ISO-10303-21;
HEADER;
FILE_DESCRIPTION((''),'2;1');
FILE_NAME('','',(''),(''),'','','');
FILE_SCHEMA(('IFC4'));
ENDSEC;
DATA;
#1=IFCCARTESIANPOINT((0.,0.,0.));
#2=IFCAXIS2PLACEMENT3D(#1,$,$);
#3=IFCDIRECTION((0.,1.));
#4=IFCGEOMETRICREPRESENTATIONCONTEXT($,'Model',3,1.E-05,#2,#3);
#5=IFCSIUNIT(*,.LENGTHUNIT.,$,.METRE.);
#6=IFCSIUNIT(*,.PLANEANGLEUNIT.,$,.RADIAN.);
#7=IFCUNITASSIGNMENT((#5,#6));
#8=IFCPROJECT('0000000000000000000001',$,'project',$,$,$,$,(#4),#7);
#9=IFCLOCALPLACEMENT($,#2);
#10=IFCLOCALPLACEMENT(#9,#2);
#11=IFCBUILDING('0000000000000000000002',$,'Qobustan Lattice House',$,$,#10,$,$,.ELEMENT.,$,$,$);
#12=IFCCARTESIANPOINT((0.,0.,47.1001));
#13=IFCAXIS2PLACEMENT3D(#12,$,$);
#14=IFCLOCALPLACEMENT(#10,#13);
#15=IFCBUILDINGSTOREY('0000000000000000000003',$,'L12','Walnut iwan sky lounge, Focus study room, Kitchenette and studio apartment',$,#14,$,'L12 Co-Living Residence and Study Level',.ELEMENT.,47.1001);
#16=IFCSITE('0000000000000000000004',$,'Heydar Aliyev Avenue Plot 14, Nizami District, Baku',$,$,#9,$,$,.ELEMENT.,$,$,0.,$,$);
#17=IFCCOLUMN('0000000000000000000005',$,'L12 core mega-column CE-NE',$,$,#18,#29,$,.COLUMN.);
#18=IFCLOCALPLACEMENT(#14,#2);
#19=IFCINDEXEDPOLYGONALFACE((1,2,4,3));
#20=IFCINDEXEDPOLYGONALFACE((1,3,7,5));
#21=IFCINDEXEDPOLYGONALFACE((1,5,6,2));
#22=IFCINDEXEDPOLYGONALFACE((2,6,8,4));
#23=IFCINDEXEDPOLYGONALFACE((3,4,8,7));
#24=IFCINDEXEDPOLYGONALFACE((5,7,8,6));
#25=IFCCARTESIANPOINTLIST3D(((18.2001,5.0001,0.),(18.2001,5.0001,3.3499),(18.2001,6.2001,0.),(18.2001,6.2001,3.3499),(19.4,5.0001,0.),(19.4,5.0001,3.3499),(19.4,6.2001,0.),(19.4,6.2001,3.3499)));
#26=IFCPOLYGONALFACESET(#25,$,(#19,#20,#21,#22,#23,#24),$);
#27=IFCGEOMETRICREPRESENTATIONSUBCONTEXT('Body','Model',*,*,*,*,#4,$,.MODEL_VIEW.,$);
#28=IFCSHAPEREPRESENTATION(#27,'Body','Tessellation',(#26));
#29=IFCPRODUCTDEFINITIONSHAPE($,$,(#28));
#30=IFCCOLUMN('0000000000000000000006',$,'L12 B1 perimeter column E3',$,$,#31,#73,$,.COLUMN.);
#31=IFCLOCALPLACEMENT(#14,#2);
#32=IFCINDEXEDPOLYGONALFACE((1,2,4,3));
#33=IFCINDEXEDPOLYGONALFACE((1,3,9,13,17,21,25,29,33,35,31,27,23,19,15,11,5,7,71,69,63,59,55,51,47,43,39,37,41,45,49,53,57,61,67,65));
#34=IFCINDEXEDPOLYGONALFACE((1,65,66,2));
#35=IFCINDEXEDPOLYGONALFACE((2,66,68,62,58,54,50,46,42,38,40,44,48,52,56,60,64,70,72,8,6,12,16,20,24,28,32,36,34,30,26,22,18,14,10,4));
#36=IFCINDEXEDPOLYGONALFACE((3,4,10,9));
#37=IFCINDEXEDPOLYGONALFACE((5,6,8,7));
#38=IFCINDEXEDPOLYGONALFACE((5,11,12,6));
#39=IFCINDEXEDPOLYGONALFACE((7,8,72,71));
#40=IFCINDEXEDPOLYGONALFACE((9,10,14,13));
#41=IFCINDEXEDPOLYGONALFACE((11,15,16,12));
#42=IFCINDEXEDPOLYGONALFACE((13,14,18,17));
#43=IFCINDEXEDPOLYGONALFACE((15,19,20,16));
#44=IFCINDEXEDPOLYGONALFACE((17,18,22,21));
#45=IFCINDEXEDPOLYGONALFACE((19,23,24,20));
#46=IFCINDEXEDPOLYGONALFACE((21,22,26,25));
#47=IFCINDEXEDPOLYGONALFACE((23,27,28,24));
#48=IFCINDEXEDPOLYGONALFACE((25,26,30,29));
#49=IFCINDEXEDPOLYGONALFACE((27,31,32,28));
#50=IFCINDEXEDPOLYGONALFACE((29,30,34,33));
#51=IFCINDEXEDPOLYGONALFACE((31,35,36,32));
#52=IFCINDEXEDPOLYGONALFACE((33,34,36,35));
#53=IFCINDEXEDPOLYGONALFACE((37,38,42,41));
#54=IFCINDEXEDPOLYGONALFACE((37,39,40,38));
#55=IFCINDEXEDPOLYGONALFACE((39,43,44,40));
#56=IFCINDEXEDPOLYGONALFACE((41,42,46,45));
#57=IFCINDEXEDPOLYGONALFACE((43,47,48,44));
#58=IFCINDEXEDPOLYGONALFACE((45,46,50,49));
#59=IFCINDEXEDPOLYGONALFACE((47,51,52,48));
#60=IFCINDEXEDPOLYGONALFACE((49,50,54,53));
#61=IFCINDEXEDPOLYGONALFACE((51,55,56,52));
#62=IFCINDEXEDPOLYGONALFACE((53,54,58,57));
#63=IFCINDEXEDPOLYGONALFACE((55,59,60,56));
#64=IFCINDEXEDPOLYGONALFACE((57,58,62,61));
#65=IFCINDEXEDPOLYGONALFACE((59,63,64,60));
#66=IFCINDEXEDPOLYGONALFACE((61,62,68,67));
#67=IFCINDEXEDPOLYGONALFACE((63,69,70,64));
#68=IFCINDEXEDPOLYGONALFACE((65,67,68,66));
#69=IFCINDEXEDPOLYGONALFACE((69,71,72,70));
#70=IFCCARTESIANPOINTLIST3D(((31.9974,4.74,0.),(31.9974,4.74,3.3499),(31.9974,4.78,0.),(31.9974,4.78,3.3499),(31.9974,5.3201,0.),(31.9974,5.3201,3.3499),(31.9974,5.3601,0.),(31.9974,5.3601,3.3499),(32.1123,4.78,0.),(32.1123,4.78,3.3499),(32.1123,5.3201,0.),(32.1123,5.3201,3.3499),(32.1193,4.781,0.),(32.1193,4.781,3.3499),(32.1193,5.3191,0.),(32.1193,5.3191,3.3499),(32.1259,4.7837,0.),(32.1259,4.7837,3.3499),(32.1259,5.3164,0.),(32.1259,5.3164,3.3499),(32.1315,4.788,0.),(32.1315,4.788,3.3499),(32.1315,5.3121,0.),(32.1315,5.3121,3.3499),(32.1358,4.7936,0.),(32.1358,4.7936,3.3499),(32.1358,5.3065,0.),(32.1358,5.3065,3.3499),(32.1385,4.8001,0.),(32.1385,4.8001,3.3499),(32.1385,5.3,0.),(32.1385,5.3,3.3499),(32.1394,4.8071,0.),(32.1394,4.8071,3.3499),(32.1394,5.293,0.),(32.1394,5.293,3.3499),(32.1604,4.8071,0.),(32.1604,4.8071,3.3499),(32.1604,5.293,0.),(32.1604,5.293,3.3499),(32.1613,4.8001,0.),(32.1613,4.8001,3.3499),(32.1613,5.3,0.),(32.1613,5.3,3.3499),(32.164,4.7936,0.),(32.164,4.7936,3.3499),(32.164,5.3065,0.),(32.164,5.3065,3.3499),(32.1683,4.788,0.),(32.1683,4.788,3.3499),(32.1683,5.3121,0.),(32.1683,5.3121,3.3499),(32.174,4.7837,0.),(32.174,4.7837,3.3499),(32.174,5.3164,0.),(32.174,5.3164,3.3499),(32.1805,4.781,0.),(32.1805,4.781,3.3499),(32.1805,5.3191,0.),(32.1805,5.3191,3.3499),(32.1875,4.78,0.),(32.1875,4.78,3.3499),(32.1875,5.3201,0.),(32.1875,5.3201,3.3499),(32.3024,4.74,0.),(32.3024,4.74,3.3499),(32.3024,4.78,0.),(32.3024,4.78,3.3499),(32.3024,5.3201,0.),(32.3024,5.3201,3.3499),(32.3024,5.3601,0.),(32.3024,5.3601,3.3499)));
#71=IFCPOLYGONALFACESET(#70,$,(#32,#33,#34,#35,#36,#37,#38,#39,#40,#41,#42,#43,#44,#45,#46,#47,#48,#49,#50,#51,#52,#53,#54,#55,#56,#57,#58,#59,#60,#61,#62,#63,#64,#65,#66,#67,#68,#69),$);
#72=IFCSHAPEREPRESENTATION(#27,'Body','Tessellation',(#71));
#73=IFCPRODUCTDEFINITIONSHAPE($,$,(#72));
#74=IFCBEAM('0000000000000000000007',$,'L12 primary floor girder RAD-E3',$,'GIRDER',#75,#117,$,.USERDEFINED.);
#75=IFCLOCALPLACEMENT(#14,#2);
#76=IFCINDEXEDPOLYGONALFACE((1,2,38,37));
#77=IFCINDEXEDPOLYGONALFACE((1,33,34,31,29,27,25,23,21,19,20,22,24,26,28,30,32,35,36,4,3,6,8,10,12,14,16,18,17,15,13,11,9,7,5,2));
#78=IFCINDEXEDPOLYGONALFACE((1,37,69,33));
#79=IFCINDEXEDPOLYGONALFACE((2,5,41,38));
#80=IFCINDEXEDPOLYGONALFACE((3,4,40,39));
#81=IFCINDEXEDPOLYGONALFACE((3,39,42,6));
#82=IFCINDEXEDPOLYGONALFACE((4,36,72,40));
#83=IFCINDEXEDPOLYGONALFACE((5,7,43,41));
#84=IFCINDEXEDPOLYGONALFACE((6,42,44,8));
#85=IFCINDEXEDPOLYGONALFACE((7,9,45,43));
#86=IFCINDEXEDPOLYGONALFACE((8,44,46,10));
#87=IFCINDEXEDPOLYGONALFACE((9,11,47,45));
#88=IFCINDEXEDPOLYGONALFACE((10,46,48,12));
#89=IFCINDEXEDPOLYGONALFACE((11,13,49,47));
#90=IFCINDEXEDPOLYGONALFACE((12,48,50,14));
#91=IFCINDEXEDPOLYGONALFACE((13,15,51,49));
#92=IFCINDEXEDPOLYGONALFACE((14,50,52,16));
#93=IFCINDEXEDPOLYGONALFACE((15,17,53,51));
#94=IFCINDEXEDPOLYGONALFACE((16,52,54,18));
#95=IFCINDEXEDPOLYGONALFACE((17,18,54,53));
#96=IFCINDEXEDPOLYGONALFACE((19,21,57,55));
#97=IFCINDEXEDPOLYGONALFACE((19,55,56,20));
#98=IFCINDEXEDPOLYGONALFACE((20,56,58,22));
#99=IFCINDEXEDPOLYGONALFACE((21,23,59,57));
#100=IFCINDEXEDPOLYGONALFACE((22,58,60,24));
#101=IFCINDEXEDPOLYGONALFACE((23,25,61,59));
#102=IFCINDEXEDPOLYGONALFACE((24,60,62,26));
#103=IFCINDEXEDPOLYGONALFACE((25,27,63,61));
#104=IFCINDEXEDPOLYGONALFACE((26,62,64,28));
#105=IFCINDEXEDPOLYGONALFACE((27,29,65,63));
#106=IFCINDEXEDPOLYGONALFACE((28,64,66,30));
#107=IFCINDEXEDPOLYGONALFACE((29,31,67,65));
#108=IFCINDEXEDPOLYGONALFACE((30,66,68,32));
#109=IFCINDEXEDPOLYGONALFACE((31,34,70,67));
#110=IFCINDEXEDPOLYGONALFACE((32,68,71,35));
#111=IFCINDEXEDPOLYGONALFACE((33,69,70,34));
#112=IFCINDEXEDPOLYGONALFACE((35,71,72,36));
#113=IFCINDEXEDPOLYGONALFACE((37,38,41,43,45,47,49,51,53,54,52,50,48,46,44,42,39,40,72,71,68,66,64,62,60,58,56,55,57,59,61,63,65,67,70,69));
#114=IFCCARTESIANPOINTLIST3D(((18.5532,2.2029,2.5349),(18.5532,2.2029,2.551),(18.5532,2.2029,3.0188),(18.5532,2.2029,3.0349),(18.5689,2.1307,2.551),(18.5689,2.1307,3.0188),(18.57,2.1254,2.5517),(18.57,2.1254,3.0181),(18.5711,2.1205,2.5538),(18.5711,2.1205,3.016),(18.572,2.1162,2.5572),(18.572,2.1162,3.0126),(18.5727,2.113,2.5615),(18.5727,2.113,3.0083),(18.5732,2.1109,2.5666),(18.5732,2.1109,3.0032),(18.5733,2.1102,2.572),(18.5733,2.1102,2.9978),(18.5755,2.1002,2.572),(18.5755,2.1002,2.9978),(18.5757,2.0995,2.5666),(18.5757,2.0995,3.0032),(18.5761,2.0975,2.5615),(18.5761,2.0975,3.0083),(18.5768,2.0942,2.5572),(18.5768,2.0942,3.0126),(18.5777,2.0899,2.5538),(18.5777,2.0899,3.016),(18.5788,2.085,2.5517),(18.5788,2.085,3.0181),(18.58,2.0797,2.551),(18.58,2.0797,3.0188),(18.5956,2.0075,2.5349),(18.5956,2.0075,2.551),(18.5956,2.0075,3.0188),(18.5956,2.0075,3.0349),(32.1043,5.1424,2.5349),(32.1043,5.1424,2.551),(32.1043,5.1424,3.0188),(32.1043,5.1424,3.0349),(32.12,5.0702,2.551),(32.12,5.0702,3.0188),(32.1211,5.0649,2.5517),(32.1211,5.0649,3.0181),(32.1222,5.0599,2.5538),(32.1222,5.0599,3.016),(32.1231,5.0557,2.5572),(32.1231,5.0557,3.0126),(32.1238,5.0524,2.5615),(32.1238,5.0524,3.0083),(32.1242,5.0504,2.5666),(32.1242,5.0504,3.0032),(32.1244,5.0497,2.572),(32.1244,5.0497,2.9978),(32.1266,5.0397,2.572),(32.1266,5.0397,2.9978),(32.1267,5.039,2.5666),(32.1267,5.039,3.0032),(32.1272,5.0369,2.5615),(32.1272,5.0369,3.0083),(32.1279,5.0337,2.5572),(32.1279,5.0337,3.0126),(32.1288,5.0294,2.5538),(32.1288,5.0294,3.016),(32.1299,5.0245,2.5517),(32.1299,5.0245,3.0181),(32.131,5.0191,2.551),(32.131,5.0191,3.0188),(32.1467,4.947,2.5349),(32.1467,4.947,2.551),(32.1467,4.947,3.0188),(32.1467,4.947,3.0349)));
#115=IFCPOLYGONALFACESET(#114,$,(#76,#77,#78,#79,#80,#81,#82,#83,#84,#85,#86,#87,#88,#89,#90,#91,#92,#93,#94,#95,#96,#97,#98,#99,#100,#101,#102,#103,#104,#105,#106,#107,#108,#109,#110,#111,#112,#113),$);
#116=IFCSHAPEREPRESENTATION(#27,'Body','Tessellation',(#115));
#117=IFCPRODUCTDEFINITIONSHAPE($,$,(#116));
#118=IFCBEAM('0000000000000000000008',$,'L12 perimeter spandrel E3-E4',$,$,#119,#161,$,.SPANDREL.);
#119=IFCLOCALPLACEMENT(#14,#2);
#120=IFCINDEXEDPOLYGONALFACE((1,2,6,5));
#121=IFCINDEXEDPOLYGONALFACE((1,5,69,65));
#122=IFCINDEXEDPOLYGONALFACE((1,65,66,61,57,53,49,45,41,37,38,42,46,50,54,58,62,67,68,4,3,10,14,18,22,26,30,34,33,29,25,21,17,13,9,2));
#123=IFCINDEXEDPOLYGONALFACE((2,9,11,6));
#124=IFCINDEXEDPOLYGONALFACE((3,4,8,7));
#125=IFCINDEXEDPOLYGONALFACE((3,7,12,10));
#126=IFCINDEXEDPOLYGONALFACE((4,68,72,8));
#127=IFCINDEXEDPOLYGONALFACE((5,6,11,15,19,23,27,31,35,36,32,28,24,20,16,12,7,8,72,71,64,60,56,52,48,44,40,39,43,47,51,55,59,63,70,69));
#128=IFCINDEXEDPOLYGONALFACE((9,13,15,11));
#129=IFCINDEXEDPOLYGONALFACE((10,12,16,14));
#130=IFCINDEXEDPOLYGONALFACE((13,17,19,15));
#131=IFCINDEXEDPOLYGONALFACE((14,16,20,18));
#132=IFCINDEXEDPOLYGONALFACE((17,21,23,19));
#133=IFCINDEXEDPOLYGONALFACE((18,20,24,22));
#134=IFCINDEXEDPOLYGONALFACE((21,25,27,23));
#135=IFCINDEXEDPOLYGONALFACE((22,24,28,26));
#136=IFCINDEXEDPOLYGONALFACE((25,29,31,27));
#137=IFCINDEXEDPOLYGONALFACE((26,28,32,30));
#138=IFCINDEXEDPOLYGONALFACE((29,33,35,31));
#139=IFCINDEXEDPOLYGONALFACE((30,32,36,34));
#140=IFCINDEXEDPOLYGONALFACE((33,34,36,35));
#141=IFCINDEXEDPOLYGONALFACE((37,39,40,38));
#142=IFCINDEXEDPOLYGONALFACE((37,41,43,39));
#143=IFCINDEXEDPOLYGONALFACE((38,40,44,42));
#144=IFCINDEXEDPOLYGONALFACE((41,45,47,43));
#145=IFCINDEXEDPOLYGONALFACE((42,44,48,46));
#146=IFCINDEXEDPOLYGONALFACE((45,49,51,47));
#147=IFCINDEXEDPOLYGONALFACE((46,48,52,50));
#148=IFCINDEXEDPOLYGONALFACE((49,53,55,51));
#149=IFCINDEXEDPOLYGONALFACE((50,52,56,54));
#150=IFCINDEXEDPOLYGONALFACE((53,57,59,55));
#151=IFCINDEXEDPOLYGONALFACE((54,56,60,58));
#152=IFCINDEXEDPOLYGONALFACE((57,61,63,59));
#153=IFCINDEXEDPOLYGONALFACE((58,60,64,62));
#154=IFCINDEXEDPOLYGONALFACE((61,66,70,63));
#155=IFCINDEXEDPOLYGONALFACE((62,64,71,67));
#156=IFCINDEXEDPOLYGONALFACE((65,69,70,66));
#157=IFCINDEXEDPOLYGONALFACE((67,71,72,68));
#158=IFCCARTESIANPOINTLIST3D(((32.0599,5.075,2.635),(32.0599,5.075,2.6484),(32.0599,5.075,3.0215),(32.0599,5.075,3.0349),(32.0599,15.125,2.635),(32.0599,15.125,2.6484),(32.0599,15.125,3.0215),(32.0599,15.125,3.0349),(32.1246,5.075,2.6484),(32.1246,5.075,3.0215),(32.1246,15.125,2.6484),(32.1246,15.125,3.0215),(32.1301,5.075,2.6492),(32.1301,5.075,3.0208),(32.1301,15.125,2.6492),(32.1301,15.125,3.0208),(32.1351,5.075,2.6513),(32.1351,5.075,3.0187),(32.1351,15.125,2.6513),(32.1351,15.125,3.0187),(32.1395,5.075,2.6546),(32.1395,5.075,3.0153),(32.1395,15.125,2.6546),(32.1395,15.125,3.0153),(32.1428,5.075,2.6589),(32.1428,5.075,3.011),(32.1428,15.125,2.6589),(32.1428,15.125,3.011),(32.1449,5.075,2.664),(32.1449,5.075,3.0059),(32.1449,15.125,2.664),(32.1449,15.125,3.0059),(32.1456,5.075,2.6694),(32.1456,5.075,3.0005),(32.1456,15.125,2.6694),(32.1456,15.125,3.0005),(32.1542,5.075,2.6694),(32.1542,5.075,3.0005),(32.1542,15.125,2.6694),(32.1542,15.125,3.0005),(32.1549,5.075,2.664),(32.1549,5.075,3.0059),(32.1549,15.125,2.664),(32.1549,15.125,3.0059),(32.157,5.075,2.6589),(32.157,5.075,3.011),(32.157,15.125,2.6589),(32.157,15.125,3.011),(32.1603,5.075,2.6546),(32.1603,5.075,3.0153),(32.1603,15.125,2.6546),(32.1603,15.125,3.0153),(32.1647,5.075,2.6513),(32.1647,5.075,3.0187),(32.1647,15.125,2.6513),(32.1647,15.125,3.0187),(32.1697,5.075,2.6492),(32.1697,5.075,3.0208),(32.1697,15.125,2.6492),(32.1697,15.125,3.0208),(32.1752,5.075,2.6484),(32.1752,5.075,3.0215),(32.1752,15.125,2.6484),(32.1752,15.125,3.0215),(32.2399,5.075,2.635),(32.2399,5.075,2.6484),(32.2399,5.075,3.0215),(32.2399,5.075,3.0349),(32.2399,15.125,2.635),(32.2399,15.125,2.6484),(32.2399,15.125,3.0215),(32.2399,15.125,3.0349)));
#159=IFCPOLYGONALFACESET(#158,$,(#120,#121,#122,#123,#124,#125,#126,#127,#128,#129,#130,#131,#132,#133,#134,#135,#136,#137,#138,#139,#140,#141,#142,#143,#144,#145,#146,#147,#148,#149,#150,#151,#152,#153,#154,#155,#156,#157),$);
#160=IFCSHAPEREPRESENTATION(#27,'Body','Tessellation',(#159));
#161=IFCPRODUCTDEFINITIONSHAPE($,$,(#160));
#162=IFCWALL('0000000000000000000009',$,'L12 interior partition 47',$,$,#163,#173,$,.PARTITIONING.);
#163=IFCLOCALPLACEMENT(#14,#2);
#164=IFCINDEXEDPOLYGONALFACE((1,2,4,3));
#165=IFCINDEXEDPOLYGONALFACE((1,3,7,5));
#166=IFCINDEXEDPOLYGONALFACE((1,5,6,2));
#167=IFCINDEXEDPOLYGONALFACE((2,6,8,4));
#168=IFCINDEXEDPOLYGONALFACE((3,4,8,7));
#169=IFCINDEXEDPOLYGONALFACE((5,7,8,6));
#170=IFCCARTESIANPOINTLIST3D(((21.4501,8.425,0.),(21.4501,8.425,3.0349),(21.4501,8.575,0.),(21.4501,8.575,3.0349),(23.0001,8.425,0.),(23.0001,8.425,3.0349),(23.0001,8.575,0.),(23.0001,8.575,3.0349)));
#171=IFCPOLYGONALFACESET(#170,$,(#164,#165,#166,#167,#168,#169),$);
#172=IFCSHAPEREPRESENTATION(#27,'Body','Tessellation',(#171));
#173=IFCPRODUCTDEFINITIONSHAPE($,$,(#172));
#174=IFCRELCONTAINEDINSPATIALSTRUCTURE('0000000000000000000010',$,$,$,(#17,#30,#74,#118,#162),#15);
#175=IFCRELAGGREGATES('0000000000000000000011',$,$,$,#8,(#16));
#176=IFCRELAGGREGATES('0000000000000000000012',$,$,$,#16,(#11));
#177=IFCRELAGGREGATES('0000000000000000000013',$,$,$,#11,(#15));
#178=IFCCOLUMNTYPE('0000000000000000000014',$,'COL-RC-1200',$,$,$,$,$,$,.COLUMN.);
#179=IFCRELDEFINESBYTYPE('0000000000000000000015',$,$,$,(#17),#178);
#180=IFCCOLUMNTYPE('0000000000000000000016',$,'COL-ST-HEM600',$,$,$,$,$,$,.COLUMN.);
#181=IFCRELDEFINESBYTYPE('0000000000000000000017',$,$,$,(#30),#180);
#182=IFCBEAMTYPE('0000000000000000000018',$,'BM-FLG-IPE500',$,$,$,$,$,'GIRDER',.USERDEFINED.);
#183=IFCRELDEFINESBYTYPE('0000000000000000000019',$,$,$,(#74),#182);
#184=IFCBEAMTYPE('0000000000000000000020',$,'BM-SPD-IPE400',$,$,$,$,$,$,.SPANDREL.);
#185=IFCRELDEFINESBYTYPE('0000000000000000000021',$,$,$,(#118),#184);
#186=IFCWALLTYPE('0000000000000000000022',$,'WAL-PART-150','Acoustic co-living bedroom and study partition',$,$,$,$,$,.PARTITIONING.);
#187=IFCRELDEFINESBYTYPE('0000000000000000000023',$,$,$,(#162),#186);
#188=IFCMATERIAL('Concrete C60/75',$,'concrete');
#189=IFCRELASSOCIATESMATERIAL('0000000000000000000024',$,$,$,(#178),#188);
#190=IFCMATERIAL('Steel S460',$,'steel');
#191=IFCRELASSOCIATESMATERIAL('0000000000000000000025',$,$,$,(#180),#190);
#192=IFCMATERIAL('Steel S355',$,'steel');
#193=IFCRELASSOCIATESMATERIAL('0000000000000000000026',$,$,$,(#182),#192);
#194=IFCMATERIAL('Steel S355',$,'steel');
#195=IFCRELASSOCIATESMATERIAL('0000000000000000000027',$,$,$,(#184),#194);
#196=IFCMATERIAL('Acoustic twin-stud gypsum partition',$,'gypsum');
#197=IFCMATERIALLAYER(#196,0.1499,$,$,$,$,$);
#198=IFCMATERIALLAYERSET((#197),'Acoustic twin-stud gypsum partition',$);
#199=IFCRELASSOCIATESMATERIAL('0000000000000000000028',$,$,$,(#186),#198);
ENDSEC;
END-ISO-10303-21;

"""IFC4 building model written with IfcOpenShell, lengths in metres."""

from ifc_helpers import new_model, si_unit, direction, frame, frame_2d, origin, origin_2d, place, context, subcontext, project, spatial, rectangle, i_section, extrude, material, layer, layer_set, material_profile, profile_set, type_object, element, save


model = new_model("IFC4")

# Units and contexts
model_context = context("Model", 3, precision=1e-05, world=origin(), true_north=direction((0.0, 1.0)))
body_context = subcontext(model_context, "Body", "Model", "MODEL_VIEW")
ifc_project = project(units=[si_unit("LENGTHUNIT", "METRE"), si_unit("PLANEANGLEUNIT", "RADIAN")], contexts=[model_context])

# Site, building, storey
site_placement = place(None, origin())
site = spatial("IfcSite", under=ifc_project, at=site_placement, Name="Heydar Aliyev Avenue Plot 14, Nizami District, Baku", CompositionType="ELEMENT", RefElevation=0.0)
building_placement = place(site_placement, origin())
building = spatial("IfcBuilding", under=site, at=building_placement, Name="Qobustan Lattice House", CompositionType="ELEMENT")
storey_placement = place(building_placement, frame((0.0, 0.0, 47.1001)))
storey = spatial("IfcBuildingStorey", under=building, at=storey_placement, Name="L12", Description="Walnut iwan sky lounge, Focus study room, Kitchenette and studio apartment", LongName="L12 Co-Living Residence and Study Level", CompositionType="ELEMENT", Elevation=47.1001)

# Columns
ifc_material_1 = material(Name="Concrete C60/75", Category="concrete")
ifc_material_profile_1 = material_profile(ifc_material_1, rectangle(XDim=1.2, YDim=1.2, at=origin_2d()), Name="RC1200x1200")
ifc_profile_set_1 = profile_set([ifc_material_profile_1], Name="Concrete C60/75")
column_type_1 = type_object("IfcColumnType", Name="COL-RC-1200", PredefinedType="COLUMN", material=ifc_profile_set_1)
column_1_placement = place(storey_placement, frame((18.8, 5.6001, 0.0), z_axis=(0.0, 0.0, 1.0), x_axis=(1.0, 0.0, 0.0)))
element("IfcColumn", 1, at=column_1_placement, inside=storey, type_object=column_type_1, Name="L12 core mega-column CE-NE", PredefinedType="COLUMN", context=body_context, shape_type="SweptSolid", body=[
    extrude(rectangle(XDim=1.2, YDim=1.2, at=origin_2d()), origin(), (0.0, 0.0, 1.0), 3.3499),
])
ifc_material_2 = material(Name="Steel S460", Category="steel")
ifc_material_profile_2 = material_profile(ifc_material_2, i_section(OverallWidth=0.3049, OverallDepth=0.6201, WebThickness=0.021, FlangeThickness=0.04, FilletRadius=0.0271, at=origin_2d()), Name="HEM600")
ifc_profile_set_2 = profile_set([ifc_material_profile_2], Name="Steel S460")
column_type_2 = type_object("IfcColumnType", Name="COL-ST-HEM600", PredefinedType="COLUMN", material=ifc_profile_set_2)
column_2_placement = place(storey_placement, frame((32.1499, 5.05, 0.0), z_axis=(0.0, 0.0, 1.0), x_axis=(1.0, 0.0, 0.0)))
element("IfcColumn", 2, at=column_2_placement, inside=storey, type_object=column_type_2, Name="L12 B1 perimeter column E3", PredefinedType="COLUMN", context=body_context, shape_type="SweptSolid", body=[
    extrude(i_section(OverallWidth=0.3049, OverallDepth=0.6201, WebThickness=0.021, FlangeThickness=0.04, FilletRadius=0.0271, at=origin_2d()), origin(), (0.0, 0.0, 1.0), 3.3499),
])

# Beams
ifc_material_3 = material(Name="Steel S355", Category="steel")
ifc_material_profile_3 = material_profile(ifc_material_3, i_section(OverallWidth=0.2, OverallDepth=0.5, WebThickness=0.0103, FlangeThickness=0.0161, FilletRadius=0.021, at=origin_2d()), Name="IPE500")
ifc_profile_set_3 = profile_set([ifc_material_profile_3], Name="Steel S355")
beam_type_1 = type_object("IfcBeamType", Name="BM-FLG-IPE500", ElementType="GIRDER", PredefinedType="USERDEFINED", material=ifc_profile_set_3)
beam_1_placement = place(storey_placement, frame((32.1255, 5.0447, 2.7849), z_axis=(-0.977272, -0.211987, 0.0), x_axis=(0.211987, -0.977272, 0.0)))
element("IfcBeam", 3, at=beam_1_placement, inside=storey, type_object=beam_type_1, Name="L12 primary floor girder RAD-E3", ObjectType="GIRDER", PredefinedType="USERDEFINED", context=body_context, shape_type="SweptSolid", body=[
    extrude(i_section(OverallWidth=0.2, OverallDepth=0.5, WebThickness=0.0103, FlangeThickness=0.0161, FilletRadius=0.021, at=origin_2d()), origin(), (0.0, 0.0, 1.0), 13.8662),
])
ifc_material_4 = material(Name="Steel S355", Category="steel")
ifc_material_profile_4 = material_profile(ifc_material_4, i_section(OverallWidth=0.1799, OverallDepth=0.3999, WebThickness=0.0085, FlangeThickness=0.0134, FilletRadius=0.021, at=origin_2d()), Name="IPE400")
ifc_profile_set_4 = profile_set([ifc_material_profile_4], Name="Steel S355")
beam_type_2 = type_object("IfcBeamType", Name="BM-SPD-IPE400", PredefinedType="SPANDREL", material=ifc_profile_set_4)
beam_2_placement = place(storey_placement, frame((32.1499, 5.075, 2.835), z_axis=(0.0, 1.0, 0.0), x_axis=(-1.0, 0.0, 0.0)))
element("IfcBeam", 4, at=beam_2_placement, inside=storey, type_object=beam_type_2, Name="L12 perimeter spandrel E3-E4", PredefinedType="SPANDREL", context=body_context, shape_type="SweptSolid", body=[
    extrude(i_section(OverallWidth=0.1799, OverallDepth=0.3999, WebThickness=0.0085, FlangeThickness=0.0134, FilletRadius=0.021, at=origin_2d()), origin(), (0.0, 0.0, 1.0), 10.05),
])

# Wall
ifc_material_5 = material(Name="Acoustic twin-stud gypsum partition", Category="gypsum")
ifc_layer_1 = layer(ifc_material_5, 0.1499)
ifc_layer_set_1 = layer_set([ifc_layer_1], Name="Acoustic twin-stud gypsum partition")
wall_type_1 = type_object("IfcWallType", Name="WAL-PART-150", Description="Acoustic co-living bedroom and study partition", PredefinedType="PARTITIONING", material=ifc_layer_set_1)
wall_1_placement = place(storey_placement, frame((23.0, 8.5, 0.0), z_axis=(0.0, 0.0, 1.0), x_axis=(-1.0, 0.0, 0.0)))
element("IfcWall", 5, at=wall_1_placement, inside=storey, type_object=wall_type_1, Name="L12 interior partition 47", PredefinedType="PARTITIONING", context=body_context, shape_type="SweptSolid", body=[
    extrude(rectangle(XDim=1.55, YDim=0.1499, at=frame_2d((0.7749, 0.0))), origin(), (0.0, 0.0, 1.0), 3.0349),
])

save(model, "model.ifc")
